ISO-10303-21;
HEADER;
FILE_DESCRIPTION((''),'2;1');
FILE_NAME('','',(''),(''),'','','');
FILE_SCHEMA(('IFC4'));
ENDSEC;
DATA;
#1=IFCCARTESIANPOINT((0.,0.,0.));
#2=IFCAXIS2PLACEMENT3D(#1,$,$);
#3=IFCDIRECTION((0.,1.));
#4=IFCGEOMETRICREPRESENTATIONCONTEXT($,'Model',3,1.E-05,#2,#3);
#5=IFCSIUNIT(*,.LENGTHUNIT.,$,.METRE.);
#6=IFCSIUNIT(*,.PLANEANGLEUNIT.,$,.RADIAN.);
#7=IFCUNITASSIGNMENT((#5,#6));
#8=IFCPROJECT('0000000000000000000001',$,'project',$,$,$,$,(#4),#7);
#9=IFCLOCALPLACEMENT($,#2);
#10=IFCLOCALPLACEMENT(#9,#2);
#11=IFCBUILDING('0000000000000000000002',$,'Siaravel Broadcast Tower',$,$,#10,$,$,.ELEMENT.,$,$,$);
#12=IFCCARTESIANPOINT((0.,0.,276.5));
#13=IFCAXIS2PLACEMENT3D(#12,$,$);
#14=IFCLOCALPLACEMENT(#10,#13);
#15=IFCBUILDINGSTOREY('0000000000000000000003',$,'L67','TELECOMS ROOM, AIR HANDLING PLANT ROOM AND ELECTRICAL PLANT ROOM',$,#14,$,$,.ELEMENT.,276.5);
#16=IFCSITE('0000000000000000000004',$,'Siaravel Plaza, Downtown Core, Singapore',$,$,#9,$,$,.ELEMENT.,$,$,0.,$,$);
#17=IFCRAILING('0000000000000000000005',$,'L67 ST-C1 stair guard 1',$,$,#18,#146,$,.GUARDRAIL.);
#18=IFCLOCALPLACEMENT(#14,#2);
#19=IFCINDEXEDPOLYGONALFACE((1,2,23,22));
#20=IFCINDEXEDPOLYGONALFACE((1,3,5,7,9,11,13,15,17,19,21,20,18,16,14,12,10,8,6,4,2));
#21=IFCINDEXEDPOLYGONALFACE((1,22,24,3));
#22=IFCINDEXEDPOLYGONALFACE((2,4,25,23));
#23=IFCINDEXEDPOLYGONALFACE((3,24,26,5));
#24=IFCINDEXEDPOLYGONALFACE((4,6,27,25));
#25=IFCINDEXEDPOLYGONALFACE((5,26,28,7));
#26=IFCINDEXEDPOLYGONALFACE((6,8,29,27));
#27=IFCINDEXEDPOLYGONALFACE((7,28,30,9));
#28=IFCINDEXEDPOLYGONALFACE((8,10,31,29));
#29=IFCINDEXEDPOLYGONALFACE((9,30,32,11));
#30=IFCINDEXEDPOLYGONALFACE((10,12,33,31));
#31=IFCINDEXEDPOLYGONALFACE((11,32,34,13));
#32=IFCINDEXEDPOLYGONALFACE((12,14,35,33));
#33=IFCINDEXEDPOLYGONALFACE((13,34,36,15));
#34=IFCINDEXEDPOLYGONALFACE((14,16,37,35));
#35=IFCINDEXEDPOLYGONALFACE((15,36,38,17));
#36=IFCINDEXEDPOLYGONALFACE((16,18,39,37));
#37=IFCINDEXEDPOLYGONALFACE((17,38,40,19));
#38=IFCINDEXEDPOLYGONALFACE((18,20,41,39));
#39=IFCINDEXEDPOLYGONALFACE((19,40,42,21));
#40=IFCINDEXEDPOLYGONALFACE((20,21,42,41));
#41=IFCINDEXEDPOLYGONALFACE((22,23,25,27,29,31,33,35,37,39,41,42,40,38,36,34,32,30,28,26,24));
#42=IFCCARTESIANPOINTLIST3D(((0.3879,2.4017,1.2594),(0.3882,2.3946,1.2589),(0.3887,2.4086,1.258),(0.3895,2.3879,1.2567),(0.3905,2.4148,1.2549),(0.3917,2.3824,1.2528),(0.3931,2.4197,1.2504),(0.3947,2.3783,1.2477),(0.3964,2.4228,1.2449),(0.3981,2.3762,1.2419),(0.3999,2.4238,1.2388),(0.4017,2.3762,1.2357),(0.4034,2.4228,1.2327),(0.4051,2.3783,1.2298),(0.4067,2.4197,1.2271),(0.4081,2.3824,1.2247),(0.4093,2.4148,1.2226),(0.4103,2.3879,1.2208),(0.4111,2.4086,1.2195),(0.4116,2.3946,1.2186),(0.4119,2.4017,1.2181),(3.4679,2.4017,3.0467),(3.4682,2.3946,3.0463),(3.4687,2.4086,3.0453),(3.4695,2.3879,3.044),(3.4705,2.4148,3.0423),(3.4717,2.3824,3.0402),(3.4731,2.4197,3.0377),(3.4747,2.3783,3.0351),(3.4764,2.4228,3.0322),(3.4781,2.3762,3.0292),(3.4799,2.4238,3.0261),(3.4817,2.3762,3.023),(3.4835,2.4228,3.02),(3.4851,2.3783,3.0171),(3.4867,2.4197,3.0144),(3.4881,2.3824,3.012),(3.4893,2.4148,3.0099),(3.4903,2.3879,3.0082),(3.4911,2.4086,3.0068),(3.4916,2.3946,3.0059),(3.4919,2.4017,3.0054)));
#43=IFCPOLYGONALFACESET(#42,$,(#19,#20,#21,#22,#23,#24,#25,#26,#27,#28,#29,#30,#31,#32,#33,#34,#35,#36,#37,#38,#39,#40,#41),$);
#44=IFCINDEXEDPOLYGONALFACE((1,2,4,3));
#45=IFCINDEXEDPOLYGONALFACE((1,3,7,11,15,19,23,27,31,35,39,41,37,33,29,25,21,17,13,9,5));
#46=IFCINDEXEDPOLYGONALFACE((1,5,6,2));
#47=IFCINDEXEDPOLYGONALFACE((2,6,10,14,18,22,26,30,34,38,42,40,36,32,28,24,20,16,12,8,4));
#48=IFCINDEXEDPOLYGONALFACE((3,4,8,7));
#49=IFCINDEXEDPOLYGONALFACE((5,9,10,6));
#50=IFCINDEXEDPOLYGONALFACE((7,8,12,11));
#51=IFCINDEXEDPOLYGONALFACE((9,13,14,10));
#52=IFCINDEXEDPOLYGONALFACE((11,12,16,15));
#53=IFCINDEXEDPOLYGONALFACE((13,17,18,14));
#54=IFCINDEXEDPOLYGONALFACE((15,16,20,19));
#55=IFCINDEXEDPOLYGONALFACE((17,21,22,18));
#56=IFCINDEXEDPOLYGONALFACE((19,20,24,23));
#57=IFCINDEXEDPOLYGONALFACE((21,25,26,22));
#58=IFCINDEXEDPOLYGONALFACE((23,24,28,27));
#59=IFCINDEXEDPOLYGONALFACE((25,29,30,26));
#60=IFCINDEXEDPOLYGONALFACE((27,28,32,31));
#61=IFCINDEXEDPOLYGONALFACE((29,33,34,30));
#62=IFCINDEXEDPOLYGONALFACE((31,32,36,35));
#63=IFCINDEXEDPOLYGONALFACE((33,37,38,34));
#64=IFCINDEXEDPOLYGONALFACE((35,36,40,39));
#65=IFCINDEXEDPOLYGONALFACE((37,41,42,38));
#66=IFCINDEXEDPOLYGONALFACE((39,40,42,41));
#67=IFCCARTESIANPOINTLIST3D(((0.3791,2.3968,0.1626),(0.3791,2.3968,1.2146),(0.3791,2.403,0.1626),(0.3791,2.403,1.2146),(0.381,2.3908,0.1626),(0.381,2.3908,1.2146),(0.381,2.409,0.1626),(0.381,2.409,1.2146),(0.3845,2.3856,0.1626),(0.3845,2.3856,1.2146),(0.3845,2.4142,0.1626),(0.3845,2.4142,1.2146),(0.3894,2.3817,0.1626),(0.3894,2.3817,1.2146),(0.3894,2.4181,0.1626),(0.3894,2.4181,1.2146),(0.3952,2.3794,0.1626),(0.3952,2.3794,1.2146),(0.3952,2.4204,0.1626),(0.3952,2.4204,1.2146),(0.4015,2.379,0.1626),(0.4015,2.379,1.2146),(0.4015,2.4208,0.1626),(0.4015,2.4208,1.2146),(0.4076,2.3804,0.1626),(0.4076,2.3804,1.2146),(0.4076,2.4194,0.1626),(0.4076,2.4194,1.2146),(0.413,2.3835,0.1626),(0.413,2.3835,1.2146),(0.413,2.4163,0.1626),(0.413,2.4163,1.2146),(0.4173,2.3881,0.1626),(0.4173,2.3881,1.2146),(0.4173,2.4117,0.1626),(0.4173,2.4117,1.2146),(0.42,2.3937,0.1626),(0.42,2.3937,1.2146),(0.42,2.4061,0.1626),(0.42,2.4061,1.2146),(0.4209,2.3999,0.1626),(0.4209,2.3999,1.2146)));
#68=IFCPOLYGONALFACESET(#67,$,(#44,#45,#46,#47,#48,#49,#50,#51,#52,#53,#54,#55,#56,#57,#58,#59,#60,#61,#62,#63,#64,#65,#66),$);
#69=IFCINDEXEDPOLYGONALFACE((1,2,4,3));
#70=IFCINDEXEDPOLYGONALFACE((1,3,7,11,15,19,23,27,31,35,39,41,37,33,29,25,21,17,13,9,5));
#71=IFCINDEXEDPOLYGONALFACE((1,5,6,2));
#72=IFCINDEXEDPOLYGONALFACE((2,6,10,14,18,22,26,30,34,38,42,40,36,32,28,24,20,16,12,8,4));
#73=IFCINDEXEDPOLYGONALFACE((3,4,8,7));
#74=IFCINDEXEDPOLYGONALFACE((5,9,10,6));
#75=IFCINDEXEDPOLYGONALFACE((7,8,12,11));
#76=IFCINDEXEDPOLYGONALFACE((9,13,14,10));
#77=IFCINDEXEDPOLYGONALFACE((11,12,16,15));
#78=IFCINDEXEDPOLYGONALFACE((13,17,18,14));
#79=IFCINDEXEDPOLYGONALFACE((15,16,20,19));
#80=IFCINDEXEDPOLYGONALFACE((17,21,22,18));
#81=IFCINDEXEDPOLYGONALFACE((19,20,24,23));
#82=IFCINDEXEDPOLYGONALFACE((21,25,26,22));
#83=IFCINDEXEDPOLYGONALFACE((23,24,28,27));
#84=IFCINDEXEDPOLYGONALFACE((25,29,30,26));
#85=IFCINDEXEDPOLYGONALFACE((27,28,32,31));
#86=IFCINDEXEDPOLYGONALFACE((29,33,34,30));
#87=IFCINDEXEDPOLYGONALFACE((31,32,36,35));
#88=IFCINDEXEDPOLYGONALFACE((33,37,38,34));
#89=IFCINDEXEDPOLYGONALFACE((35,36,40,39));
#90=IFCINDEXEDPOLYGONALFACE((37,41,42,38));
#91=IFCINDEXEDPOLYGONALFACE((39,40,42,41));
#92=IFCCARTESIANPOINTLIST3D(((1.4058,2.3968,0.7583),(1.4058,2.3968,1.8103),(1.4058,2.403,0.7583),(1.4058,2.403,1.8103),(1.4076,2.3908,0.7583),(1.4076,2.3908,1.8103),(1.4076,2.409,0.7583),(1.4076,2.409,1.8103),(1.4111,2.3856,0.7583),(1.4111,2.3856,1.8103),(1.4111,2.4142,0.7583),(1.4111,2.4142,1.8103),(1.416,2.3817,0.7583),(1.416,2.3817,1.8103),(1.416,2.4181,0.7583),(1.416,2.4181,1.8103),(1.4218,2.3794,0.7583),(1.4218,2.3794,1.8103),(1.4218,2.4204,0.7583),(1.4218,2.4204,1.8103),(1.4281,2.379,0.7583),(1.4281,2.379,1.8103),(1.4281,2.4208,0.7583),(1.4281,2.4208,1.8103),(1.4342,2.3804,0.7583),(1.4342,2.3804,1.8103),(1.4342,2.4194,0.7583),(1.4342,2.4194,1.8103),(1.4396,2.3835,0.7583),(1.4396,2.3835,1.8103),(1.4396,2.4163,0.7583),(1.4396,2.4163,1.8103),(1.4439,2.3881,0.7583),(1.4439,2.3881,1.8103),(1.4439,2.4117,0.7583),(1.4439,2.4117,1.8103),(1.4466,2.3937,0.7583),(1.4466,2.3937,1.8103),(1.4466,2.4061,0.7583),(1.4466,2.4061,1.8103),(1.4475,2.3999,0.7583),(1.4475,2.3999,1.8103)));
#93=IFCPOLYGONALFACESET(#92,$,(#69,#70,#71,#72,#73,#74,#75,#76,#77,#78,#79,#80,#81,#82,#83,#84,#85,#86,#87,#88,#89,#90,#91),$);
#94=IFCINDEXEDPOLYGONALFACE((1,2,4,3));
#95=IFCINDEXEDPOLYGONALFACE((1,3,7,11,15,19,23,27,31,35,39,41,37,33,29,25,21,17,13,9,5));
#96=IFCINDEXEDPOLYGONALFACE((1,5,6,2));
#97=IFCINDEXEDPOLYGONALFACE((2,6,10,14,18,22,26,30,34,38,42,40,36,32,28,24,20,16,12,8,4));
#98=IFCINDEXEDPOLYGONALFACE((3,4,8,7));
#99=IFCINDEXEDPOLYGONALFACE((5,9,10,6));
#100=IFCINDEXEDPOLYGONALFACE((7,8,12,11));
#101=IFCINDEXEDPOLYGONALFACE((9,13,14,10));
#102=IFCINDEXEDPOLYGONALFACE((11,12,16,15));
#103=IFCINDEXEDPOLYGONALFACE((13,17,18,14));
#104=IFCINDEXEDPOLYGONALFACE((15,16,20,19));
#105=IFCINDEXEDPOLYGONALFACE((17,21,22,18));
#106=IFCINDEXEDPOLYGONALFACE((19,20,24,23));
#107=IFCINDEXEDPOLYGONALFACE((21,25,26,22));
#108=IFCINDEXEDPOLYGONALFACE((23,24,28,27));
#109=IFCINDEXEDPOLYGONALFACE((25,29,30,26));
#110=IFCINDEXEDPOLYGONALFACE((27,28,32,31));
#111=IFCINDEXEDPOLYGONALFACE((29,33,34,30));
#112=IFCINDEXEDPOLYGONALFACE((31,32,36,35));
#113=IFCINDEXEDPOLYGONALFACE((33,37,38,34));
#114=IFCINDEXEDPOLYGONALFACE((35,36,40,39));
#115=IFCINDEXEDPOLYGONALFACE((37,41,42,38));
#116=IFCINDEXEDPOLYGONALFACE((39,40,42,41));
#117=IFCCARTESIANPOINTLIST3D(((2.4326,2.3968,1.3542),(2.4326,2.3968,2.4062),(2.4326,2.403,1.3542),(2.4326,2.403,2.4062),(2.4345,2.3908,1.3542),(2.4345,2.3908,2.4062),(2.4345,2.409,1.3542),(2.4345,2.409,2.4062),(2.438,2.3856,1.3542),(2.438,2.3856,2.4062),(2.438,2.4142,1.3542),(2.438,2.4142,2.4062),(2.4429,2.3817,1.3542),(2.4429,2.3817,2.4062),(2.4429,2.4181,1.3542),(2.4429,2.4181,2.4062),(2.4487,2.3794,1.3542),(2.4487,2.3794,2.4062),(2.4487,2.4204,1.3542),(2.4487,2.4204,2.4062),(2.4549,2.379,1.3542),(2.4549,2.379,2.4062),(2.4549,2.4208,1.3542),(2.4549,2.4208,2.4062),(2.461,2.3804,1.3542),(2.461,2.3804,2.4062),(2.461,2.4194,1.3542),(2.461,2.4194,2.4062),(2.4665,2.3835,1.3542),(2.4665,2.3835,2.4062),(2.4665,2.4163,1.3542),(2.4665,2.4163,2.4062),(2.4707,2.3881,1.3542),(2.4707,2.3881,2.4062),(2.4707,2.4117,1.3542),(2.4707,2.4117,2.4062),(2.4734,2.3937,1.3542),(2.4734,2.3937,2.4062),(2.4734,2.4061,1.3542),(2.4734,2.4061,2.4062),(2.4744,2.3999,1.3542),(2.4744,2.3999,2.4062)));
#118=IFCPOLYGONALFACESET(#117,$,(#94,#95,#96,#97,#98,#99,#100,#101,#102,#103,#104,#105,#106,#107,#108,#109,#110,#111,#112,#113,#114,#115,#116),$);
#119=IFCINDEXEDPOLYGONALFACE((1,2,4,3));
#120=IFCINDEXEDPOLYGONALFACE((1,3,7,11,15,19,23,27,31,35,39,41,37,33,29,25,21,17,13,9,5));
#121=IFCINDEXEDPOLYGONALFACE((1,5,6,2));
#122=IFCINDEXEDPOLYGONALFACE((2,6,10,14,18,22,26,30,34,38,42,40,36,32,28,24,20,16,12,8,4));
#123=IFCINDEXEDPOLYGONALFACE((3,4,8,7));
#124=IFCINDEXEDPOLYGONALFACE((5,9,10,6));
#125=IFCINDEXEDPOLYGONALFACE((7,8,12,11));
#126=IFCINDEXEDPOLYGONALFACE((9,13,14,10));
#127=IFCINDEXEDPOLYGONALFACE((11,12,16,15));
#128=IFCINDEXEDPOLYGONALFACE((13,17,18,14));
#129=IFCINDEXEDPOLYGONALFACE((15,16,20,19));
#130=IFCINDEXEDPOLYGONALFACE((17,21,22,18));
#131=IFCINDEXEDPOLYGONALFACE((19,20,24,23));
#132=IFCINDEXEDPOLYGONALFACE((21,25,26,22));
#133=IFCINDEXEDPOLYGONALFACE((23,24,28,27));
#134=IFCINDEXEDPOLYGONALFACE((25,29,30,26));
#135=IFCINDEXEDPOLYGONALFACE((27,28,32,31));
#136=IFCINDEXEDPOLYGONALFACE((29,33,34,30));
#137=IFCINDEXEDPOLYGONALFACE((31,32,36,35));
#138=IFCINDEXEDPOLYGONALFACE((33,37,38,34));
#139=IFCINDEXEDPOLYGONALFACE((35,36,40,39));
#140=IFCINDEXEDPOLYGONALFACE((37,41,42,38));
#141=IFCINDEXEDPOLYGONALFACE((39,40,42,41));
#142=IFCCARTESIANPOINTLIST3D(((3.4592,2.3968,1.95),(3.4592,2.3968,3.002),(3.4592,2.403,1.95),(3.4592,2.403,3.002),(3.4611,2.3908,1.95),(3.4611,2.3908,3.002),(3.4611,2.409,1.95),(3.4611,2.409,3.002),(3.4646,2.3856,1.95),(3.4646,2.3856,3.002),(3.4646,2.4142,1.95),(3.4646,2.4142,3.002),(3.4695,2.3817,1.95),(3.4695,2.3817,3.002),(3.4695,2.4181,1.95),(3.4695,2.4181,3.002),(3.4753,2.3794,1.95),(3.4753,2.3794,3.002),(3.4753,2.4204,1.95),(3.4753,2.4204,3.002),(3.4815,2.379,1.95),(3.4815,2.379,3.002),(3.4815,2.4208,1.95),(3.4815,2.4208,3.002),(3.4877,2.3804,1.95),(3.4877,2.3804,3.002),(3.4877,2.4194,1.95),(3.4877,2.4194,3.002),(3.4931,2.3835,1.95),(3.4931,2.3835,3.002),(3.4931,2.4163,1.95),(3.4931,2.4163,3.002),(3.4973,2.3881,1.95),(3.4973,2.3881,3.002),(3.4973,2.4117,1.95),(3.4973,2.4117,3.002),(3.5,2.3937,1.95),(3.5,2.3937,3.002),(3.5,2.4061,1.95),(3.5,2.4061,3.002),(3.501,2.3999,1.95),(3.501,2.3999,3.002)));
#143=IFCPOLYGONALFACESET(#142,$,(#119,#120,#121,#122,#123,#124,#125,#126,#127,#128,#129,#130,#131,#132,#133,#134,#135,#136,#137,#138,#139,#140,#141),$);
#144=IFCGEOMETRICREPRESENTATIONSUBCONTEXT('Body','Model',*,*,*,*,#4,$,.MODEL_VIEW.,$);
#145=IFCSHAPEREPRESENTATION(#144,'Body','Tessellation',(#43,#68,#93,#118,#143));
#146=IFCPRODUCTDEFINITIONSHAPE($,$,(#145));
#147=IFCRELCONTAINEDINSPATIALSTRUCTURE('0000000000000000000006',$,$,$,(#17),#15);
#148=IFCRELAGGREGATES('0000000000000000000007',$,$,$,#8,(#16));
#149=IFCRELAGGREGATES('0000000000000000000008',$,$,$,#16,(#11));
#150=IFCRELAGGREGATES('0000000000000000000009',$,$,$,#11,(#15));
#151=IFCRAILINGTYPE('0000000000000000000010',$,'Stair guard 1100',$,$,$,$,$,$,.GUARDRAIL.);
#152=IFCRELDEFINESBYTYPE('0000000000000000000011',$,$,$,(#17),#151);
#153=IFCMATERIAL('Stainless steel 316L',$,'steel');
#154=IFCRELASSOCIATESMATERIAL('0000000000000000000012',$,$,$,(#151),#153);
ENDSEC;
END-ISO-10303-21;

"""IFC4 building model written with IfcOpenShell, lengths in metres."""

from ifc_helpers import new_model, si_unit, direction, frame, origin, origin_2d, place, context, subcontext, project, spatial, circle, extrude, material, type_object, element, save


model = new_model("IFC4")

# Units and contexts
model_context = context("Model", 3, precision=1e-05, world=origin(), true_north=direction((0.0, 1.0)))
body_context = subcontext(model_context, "Body", "Model", "MODEL_VIEW")
ifc_project = project(units=[si_unit("LENGTHUNIT", "METRE"), si_unit("PLANEANGLEUNIT", "RADIAN")], contexts=[model_context])

# Site, building, storey
site_placement = place(None, origin())
site = spatial("IfcSite", under=ifc_project, at=site_placement, Name="Siaravel Plaza, Downtown Core, Singapore", CompositionType="ELEMENT", RefElevation=0.0)
building_placement = place(site_placement, origin())
building = spatial("IfcBuilding", under=site, at=building_placement, Name="Siaravel Broadcast Tower", CompositionType="ELEMENT")
storey_placement = place(building_placement, frame((0.0, 0.0, 276.5)))
storey = spatial("IfcBuildingStorey", under=building, at=storey_placement, Name="L67", Description="TELECOMS ROOM, AIR HANDLING PLANT ROOM AND ELECTRICAL PLANT ROOM", CompositionType="ELEMENT", Elevation=276.5)

# Railing
ifc_material_1 = material(Name="Stainless steel 316L", Category="steel")
railing_type_1 = type_object("IfcRailingType", Name="Stair guard 1100", PredefinedType="GUARDRAIL", material=ifc_material_1)
railing_1_placement = place(storey_placement, frame((0.3999, 2.3999, 0.1626)))
element("IfcRailing", 1, at=railing_1_placement, inside=storey, type_object=railing_type_1, Name="L67 ST-C1 stair guard 1", PredefinedType="GUARDRAIL", context=body_context, shape_type="SweptSolid", body=[
    extrude(circle(Radius=0.0239, at=origin_2d()), frame((0.0, 0.0, 1.0762), z_axis=(0.86492, 0.0, 0.501909), x_axis=(0.0, 1.0, 0.0)), (0.0, 0.0, 1.0), 3.561),
    extrude(circle(Radius=0.021, at=origin_2d()), origin(), (0.0, 0.0, 1.0), 1.052),
    extrude(circle(Radius=0.021, at=origin_2d()), frame((1.0266, 0.0, 0.5957)), (0.0, 0.0, 1.0), 1.052),
    extrude(circle(Radius=0.021, at=origin_2d()), frame((2.0535, 0.0, 1.1917)), (0.0, 0.0, 1.0), 1.052),
    extrude(circle(Radius=0.021, at=origin_2d()), frame((3.0801, 0.0, 1.7874)), (0.0, 0.0, 1.0), 1.052),
])

save(model, "model.ifc")
